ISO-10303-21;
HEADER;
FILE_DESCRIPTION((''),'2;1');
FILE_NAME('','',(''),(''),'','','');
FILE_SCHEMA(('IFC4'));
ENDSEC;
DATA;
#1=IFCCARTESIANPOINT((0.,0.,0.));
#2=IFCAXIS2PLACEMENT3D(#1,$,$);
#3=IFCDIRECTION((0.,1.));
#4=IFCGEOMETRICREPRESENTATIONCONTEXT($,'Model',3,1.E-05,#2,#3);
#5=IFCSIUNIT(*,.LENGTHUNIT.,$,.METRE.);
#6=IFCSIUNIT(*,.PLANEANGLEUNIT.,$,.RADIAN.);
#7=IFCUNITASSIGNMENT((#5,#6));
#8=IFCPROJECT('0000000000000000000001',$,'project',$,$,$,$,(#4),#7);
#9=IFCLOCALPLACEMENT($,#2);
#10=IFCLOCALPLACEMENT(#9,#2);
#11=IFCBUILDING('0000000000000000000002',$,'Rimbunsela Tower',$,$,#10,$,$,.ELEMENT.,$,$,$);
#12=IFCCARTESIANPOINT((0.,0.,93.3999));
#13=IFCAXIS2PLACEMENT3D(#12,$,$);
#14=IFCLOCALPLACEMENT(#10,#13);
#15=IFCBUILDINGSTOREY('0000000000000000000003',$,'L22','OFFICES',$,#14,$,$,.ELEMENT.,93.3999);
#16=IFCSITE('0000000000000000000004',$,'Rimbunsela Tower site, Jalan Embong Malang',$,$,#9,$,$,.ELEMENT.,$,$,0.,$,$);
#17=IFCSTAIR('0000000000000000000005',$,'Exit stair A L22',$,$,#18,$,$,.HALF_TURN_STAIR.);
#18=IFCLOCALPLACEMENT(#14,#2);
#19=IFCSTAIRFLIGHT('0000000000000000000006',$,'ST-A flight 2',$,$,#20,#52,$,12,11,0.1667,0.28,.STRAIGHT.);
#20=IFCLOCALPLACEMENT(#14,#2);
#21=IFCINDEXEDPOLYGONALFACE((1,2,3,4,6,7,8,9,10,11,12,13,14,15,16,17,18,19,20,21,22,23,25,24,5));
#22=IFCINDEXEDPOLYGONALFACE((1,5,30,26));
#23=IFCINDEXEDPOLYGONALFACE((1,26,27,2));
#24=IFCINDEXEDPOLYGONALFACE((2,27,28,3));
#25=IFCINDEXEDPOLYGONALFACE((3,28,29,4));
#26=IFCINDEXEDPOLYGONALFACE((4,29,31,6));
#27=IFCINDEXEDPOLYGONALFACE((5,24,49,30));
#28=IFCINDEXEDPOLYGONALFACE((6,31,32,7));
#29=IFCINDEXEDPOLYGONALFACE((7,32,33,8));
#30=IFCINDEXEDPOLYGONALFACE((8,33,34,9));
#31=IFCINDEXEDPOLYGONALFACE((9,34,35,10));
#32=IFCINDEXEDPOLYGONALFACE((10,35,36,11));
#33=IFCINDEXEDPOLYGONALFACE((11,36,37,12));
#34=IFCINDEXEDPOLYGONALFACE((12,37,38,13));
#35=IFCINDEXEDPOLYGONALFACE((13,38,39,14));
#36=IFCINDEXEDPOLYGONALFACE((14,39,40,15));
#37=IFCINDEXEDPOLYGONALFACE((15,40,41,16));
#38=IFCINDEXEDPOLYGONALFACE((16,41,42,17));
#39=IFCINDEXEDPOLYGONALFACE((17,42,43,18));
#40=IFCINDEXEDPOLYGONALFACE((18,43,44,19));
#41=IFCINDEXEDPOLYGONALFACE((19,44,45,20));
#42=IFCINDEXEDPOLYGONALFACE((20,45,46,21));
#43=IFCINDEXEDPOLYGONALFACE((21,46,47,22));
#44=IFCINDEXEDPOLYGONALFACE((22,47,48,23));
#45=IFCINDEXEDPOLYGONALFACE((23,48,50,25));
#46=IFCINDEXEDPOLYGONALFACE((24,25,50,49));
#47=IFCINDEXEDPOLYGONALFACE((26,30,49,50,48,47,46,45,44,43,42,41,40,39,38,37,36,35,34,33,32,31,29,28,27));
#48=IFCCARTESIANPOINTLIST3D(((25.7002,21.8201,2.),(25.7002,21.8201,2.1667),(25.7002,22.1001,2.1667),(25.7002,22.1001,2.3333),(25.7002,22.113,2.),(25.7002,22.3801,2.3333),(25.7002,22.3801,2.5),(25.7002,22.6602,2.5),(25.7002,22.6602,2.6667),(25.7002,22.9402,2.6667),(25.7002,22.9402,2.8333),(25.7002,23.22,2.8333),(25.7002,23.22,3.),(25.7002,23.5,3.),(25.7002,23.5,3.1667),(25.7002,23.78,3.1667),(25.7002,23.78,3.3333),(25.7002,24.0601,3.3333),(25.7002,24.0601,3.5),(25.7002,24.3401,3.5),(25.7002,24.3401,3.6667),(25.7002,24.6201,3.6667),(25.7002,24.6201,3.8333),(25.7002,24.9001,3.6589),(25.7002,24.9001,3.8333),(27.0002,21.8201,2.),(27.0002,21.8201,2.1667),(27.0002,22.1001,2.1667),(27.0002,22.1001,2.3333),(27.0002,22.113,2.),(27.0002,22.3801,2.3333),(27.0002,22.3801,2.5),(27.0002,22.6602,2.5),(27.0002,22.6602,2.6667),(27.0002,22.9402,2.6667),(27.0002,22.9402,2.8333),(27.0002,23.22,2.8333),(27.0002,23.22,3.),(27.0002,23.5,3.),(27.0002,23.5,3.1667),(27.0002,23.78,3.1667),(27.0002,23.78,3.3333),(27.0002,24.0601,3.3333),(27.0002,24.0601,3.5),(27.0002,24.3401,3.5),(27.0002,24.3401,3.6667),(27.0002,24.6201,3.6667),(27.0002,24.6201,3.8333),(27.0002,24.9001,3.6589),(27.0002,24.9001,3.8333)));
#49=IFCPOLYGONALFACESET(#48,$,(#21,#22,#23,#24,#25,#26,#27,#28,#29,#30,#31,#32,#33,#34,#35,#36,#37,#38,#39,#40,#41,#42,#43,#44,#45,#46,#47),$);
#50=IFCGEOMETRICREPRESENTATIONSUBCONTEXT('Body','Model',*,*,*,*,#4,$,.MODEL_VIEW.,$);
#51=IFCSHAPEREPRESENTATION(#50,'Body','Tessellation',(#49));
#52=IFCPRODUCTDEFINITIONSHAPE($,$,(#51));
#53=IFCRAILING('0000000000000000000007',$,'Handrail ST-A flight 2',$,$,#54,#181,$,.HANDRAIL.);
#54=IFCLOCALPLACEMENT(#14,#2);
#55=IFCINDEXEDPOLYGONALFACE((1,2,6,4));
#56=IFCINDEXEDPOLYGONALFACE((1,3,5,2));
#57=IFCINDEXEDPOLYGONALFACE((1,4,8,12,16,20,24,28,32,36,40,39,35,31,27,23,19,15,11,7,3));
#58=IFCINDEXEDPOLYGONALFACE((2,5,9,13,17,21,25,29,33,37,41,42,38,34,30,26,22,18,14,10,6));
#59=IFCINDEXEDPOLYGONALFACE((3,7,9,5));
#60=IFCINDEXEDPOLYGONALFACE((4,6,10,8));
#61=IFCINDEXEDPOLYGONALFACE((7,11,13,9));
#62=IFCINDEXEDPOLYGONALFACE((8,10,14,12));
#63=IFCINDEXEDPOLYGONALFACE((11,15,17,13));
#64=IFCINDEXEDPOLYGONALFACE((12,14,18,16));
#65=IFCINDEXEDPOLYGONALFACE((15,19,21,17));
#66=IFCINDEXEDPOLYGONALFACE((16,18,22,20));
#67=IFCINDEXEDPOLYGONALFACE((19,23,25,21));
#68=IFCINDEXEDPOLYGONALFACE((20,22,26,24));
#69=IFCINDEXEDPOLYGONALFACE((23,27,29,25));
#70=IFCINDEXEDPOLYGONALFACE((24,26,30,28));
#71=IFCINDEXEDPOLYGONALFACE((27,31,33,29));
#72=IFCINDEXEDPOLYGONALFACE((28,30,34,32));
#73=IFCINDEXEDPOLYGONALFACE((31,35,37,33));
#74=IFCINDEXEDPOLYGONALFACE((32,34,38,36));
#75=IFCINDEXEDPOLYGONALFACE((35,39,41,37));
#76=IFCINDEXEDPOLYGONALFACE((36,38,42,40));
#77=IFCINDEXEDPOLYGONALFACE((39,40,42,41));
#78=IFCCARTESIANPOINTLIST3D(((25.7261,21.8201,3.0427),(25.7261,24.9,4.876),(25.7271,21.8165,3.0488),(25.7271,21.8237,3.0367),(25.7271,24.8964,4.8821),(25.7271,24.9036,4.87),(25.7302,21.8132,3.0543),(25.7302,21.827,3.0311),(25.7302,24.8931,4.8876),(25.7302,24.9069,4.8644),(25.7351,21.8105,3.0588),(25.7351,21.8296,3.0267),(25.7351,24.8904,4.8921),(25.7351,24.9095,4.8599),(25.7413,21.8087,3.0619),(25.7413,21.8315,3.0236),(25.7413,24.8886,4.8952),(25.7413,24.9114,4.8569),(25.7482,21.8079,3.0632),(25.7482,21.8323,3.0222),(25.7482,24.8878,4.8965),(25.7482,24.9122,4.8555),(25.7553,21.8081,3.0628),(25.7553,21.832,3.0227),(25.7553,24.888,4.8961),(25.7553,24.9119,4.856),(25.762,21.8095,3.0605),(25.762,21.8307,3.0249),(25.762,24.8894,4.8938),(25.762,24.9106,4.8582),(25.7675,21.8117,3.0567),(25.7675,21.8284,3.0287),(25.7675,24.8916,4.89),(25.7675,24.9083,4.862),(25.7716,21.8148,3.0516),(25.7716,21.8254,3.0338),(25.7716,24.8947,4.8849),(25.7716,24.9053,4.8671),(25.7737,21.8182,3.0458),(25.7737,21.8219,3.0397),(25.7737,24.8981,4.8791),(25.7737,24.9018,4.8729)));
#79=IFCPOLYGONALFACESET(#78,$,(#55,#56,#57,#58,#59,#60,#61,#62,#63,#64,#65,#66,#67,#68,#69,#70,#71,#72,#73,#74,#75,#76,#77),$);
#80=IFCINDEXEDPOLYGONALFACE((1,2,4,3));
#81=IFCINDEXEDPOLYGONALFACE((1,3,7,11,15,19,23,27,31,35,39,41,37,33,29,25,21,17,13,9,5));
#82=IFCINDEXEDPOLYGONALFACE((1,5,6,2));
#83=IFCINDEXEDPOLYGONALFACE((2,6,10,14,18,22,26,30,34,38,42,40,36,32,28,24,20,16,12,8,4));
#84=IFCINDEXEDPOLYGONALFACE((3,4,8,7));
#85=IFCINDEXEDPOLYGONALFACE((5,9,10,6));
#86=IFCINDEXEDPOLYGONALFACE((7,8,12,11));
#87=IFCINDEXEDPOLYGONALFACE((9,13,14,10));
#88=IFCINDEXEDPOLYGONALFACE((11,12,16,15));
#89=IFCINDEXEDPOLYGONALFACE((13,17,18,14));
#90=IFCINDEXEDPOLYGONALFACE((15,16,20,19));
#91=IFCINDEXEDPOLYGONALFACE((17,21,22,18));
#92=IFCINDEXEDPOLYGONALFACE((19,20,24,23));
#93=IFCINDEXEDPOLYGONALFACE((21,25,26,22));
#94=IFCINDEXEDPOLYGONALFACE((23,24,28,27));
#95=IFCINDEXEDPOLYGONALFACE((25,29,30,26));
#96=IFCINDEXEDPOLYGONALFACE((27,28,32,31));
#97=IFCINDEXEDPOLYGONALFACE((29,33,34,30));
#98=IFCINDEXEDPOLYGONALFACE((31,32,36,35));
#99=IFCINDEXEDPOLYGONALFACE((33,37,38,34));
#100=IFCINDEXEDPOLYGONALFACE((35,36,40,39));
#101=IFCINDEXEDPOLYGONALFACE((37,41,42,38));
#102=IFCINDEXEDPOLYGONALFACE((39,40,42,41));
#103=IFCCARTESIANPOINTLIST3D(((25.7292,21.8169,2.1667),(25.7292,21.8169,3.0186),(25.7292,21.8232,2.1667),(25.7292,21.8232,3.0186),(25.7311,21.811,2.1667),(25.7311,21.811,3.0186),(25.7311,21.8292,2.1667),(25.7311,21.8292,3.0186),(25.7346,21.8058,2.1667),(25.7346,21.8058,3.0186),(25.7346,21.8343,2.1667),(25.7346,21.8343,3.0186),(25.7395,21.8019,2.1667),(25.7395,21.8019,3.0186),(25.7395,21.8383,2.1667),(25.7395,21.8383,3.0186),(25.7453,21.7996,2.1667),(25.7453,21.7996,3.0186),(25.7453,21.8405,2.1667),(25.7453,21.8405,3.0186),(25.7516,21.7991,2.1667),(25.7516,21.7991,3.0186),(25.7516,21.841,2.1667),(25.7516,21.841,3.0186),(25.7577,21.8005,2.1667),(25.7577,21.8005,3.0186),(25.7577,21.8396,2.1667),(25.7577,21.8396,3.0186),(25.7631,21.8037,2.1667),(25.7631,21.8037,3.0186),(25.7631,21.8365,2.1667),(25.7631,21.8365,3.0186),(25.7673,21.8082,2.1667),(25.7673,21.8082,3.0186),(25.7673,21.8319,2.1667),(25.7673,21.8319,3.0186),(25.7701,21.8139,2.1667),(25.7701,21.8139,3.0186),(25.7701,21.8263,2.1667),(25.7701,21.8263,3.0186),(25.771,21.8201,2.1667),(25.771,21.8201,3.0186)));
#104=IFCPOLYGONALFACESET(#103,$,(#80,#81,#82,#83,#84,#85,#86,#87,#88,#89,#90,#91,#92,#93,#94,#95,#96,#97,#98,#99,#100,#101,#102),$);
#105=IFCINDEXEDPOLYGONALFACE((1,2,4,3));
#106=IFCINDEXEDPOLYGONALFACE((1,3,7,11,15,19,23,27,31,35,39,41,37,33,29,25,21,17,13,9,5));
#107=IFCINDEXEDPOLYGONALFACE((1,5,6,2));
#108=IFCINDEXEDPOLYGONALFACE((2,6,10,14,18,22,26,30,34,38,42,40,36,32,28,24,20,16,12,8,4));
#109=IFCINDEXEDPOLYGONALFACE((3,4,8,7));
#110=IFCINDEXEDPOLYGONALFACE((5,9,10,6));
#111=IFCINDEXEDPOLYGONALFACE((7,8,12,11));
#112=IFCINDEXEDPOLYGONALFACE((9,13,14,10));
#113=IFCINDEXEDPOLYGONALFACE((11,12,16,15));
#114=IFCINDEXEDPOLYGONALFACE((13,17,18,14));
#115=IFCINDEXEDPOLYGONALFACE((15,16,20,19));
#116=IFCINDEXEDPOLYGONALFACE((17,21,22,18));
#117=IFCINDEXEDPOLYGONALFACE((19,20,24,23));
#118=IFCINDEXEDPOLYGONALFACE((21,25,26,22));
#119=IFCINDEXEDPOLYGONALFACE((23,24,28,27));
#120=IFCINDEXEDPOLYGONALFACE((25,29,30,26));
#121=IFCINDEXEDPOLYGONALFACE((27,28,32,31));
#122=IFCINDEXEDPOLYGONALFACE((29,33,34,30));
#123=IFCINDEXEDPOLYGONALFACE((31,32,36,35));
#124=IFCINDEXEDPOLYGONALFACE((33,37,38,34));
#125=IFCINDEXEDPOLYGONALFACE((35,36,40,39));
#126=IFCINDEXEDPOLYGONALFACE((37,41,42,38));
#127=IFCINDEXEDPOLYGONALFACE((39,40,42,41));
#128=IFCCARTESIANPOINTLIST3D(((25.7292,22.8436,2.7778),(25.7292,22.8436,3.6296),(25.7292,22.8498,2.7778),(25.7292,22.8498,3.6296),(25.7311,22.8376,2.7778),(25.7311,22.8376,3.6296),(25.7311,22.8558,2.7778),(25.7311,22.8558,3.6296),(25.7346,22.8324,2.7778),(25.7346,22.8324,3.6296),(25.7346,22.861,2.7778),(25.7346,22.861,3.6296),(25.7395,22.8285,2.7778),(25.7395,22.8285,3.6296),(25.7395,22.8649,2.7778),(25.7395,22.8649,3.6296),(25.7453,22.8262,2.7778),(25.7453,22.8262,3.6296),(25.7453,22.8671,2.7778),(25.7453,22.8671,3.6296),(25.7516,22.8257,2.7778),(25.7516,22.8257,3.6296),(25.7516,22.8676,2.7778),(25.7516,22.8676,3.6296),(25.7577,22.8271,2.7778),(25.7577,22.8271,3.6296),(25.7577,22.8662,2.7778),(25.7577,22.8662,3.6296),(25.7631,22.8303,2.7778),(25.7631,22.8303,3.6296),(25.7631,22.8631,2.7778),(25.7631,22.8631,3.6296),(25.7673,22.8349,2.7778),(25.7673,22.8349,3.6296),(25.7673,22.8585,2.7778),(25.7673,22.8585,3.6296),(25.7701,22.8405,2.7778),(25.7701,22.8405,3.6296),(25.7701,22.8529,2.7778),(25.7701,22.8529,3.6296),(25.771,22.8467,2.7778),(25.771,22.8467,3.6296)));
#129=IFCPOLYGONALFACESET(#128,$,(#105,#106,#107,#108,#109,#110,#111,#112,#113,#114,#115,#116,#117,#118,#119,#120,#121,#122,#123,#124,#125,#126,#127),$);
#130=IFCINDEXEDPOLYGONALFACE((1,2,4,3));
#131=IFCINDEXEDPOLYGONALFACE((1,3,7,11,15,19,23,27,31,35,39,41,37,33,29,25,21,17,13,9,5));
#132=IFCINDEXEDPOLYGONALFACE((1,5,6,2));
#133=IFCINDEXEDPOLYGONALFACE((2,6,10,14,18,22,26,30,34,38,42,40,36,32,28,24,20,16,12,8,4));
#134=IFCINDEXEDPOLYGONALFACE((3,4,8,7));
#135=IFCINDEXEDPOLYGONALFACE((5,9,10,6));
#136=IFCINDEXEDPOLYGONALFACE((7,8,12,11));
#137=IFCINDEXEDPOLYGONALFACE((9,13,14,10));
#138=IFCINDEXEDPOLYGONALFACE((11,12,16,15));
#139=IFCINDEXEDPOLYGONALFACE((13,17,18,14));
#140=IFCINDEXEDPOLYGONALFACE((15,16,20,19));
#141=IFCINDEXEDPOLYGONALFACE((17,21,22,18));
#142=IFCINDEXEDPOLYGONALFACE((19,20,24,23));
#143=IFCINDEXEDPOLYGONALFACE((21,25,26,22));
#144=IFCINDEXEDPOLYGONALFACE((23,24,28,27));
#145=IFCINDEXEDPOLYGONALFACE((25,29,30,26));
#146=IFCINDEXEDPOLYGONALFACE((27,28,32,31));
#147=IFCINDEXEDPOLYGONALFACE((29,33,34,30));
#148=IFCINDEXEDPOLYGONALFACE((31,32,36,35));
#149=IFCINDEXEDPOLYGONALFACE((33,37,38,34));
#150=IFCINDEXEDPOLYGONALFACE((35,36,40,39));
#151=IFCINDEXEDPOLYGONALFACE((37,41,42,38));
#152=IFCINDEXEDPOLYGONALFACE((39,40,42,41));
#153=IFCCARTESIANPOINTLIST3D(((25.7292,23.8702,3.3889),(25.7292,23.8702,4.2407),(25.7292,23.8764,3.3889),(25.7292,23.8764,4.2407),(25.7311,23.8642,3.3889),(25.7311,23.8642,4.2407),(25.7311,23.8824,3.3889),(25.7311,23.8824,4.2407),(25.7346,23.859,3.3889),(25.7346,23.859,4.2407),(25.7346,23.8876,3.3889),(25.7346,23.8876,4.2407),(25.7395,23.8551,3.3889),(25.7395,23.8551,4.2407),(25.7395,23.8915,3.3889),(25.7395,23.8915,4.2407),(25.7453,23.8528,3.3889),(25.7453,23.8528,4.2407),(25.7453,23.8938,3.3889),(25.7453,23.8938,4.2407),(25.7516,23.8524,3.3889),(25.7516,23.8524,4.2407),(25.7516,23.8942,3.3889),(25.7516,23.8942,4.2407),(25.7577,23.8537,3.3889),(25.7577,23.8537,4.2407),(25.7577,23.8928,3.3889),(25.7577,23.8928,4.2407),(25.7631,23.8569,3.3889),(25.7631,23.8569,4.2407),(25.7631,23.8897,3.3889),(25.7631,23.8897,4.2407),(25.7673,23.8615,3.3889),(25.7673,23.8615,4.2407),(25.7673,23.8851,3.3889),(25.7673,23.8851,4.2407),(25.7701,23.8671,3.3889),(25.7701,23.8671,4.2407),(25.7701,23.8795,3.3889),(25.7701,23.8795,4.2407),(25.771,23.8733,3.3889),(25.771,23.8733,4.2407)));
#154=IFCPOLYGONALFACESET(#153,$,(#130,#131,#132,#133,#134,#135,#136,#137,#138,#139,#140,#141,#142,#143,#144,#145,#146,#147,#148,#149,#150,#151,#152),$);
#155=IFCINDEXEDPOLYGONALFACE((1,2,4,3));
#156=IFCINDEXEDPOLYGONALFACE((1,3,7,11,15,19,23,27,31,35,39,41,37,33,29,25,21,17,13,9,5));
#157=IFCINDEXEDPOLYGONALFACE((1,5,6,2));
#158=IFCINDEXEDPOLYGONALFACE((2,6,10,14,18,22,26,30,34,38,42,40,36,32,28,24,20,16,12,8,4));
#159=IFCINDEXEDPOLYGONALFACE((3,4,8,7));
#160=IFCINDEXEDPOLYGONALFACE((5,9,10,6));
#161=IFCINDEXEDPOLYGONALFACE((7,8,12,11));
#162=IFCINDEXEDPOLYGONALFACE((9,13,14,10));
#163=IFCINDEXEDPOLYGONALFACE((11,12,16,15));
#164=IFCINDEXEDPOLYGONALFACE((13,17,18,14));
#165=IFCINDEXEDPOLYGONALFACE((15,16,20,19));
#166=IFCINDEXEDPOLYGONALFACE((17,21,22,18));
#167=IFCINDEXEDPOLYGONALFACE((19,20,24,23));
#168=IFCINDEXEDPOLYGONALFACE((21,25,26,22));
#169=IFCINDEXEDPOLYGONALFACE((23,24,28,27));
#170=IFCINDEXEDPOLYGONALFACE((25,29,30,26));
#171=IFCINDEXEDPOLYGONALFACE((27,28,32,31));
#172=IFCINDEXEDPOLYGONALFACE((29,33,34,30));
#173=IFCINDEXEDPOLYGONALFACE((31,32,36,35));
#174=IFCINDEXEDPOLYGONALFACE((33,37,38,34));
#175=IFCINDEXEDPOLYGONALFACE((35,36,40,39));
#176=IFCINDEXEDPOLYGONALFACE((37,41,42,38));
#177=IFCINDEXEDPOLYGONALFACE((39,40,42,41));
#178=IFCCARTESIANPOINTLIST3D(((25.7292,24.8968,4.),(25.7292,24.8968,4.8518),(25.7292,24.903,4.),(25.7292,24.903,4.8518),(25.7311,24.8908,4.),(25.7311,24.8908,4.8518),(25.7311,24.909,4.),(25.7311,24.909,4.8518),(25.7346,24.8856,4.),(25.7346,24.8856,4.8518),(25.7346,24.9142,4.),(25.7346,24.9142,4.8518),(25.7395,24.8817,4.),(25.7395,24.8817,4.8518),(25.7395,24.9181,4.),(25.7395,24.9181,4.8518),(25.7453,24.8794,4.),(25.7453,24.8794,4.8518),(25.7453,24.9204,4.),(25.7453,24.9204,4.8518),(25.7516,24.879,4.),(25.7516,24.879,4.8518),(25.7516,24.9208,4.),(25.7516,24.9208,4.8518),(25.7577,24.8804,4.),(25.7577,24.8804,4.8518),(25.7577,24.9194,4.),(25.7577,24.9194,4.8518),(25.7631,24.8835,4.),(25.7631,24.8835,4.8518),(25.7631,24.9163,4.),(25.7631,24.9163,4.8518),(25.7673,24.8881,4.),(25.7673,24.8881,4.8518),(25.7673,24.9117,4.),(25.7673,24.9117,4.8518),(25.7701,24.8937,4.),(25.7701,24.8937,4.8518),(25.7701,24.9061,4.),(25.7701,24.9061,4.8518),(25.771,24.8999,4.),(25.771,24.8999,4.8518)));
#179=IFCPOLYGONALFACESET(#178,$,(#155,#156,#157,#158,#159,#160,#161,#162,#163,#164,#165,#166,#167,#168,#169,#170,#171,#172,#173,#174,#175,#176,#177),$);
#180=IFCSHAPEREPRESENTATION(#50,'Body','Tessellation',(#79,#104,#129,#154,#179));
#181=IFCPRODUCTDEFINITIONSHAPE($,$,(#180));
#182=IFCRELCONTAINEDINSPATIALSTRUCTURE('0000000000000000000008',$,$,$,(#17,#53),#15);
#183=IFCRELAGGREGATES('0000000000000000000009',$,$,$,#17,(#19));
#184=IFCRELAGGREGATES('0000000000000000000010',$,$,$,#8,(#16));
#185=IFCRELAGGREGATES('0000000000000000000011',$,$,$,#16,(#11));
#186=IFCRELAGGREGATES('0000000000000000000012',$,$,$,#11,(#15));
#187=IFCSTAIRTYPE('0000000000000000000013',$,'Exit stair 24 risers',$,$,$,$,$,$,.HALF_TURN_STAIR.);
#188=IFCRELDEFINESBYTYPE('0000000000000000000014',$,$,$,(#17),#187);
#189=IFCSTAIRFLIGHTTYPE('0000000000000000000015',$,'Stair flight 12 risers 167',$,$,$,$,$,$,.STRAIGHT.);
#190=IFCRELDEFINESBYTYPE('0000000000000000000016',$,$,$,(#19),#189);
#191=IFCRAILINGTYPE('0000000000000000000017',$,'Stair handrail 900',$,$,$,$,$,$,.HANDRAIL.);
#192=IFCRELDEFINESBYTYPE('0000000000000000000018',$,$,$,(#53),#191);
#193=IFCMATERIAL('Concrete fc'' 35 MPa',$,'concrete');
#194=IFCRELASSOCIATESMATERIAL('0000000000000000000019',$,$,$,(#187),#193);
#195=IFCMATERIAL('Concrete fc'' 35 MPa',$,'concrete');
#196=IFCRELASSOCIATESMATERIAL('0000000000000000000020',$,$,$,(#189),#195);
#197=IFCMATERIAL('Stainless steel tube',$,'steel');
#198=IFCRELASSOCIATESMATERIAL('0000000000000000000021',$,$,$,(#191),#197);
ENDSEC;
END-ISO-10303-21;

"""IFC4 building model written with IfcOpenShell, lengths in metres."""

from ifc_helpers import new_model, si_unit, direction, frame, origin, origin_2d, place, context, subcontext, project, spatial, polyline, circle, outline, extrude, material, type_object, element, aggregate, save


model = new_model("IFC4")

# Units and contexts
model_context = context("Model", 3, precision=1e-05, world=origin(), true_north=direction((0.0, 1.0)))
body_context = subcontext(model_context, "Body", "Model", "MODEL_VIEW")
ifc_project = project(units=[si_unit("LENGTHUNIT", "METRE"), si_unit("PLANEANGLEUNIT", "RADIAN")], contexts=[model_context])

# Site, building, storey
site_placement = place(None, origin())
site = spatial("IfcSite", under=ifc_project, at=site_placement, Name="Rimbunsela Tower site, Jalan Embong Malang", CompositionType="ELEMENT", RefElevation=0.0)
building_placement = place(site_placement, origin())
building = spatial("IfcBuilding", under=site, at=building_placement, Name="Rimbunsela Tower", CompositionType="ELEMENT")
storey_placement = place(building_placement, frame((0.0, 0.0, 93.3999)))
storey = spatial("IfcBuildingStorey", under=building, at=storey_placement, Name="L22", Description="OFFICES", CompositionType="ELEMENT", Elevation=93.3999)

# Stair, stair flight
ifc_material_1 = material(Name="Concrete fc' 35 MPa", Category="concrete")
stair_type = type_object("IfcStairType", Name="Exit stair 24 risers", PredefinedType="HALF_TURN_STAIR", material=ifc_material_1)
stair_placement = place(storey_placement, origin())
stair = element("IfcStair", 1, at=stair_placement, inside=storey, type_object=stair_type, Name="Exit stair A L22", PredefinedType="HALF_TURN_STAIR")
ifc_material_2 = material(Name="Concrete fc' 35 MPa", Category="concrete")
stair_flight_type = type_object("IfcStairFlightType", Name="Stair flight 12 risers 167", PredefinedType="STRAIGHT", material=ifc_material_2)
stair_flight_placement = place(storey_placement, frame((26.3501, 21.8201, 2.0), z_axis=(0.0, 0.0, 1.0), x_axis=(0.0, 1.0, 0.0)))
stair_flight = element("IfcStairFlight", 2, at=stair_flight_placement, type_object=stair_flight_type, Name="ST-A flight 2", NumberOfRisers=12, NumberOfTreads=11, PredefinedType="STRAIGHT", RiserHeight=0.1667, TreadLength=0.28, context=body_context, shape_type="SweptSolid", body=[
    extrude(outline(polyline([(0.0, 0.0), (0.0, 0.1667), (0.28, 0.1667), (0.28, 0.3333), (0.5601, 0.3333), (0.5601, 0.5), (0.8401, 0.5), (0.8401, 0.6667), (1.1201, 0.6667), (1.1201, 0.8333), (1.3999, 0.8333), (1.3999, 1.0), (1.6799, 1.0), (1.6799, 1.1667), (1.96, 1.1667), (1.96, 1.3333), (2.24, 1.3333), (2.24, 1.5), (2.52, 1.5), (2.52, 1.6667), (2.8, 1.6667), (2.8, 1.8333), (3.0801, 1.8333), (3.0801, 2.0), (3.0801, 1.6589), (0.293, 0.0), (0.0, 0.0)])), frame((0.0, 0.6499, 0.0), z_axis=(0.0, -1.0, 0.0), x_axis=(1.0, 0.0, 0.0)), (0.0, 0.0, 1.0), 1.3),
])
aggregate(stair, [stair_flight])

# Railing
ifc_material_3 = material(Name="Stainless steel tube", Category="steel")
railing_type = type_object("IfcRailingType", Name="Stair handrail 900", PredefinedType="HANDRAIL", material=ifc_material_3)
railing_placement = place(storey_placement, frame((25.75, 21.8201, 2.1667)))
element("IfcRailing", 3, at=railing_placement, inside=storey, type_object=railing_type, Name="Handrail ST-A flight 2", PredefinedType="HANDRAIL", context=body_context, shape_type="SweptSolid", body=[
    extrude(circle(Radius=0.0239, at=origin_2d()), frame((0.0, 0.0, 0.876), z_axis=(0.0, 0.859291, 0.511487), x_axis=(-1.0, 0.0, 0.0)), (0.0, 0.0, 1.0), 3.5842),
    extrude(circle(Radius=0.021, at=origin_2d()), origin(), (0.0, 0.0, 1.0), 0.8518),
    extrude(circle(Radius=0.021, at=origin_2d()), frame((0.0, 1.0266, 0.6111)), (0.0, 0.0, 1.0), 0.8518),
    extrude(circle(Radius=0.021, at=origin_2d()), frame((0.0, 2.0532, 1.2222)), (0.0, 0.0, 1.0), 0.8518),
    extrude(circle(Radius=0.021, at=origin_2d()), frame((0.0, 3.0798, 1.8333)), (0.0, 0.0, 1.0), 0.8518),
])

save(model, "model.ifc")
